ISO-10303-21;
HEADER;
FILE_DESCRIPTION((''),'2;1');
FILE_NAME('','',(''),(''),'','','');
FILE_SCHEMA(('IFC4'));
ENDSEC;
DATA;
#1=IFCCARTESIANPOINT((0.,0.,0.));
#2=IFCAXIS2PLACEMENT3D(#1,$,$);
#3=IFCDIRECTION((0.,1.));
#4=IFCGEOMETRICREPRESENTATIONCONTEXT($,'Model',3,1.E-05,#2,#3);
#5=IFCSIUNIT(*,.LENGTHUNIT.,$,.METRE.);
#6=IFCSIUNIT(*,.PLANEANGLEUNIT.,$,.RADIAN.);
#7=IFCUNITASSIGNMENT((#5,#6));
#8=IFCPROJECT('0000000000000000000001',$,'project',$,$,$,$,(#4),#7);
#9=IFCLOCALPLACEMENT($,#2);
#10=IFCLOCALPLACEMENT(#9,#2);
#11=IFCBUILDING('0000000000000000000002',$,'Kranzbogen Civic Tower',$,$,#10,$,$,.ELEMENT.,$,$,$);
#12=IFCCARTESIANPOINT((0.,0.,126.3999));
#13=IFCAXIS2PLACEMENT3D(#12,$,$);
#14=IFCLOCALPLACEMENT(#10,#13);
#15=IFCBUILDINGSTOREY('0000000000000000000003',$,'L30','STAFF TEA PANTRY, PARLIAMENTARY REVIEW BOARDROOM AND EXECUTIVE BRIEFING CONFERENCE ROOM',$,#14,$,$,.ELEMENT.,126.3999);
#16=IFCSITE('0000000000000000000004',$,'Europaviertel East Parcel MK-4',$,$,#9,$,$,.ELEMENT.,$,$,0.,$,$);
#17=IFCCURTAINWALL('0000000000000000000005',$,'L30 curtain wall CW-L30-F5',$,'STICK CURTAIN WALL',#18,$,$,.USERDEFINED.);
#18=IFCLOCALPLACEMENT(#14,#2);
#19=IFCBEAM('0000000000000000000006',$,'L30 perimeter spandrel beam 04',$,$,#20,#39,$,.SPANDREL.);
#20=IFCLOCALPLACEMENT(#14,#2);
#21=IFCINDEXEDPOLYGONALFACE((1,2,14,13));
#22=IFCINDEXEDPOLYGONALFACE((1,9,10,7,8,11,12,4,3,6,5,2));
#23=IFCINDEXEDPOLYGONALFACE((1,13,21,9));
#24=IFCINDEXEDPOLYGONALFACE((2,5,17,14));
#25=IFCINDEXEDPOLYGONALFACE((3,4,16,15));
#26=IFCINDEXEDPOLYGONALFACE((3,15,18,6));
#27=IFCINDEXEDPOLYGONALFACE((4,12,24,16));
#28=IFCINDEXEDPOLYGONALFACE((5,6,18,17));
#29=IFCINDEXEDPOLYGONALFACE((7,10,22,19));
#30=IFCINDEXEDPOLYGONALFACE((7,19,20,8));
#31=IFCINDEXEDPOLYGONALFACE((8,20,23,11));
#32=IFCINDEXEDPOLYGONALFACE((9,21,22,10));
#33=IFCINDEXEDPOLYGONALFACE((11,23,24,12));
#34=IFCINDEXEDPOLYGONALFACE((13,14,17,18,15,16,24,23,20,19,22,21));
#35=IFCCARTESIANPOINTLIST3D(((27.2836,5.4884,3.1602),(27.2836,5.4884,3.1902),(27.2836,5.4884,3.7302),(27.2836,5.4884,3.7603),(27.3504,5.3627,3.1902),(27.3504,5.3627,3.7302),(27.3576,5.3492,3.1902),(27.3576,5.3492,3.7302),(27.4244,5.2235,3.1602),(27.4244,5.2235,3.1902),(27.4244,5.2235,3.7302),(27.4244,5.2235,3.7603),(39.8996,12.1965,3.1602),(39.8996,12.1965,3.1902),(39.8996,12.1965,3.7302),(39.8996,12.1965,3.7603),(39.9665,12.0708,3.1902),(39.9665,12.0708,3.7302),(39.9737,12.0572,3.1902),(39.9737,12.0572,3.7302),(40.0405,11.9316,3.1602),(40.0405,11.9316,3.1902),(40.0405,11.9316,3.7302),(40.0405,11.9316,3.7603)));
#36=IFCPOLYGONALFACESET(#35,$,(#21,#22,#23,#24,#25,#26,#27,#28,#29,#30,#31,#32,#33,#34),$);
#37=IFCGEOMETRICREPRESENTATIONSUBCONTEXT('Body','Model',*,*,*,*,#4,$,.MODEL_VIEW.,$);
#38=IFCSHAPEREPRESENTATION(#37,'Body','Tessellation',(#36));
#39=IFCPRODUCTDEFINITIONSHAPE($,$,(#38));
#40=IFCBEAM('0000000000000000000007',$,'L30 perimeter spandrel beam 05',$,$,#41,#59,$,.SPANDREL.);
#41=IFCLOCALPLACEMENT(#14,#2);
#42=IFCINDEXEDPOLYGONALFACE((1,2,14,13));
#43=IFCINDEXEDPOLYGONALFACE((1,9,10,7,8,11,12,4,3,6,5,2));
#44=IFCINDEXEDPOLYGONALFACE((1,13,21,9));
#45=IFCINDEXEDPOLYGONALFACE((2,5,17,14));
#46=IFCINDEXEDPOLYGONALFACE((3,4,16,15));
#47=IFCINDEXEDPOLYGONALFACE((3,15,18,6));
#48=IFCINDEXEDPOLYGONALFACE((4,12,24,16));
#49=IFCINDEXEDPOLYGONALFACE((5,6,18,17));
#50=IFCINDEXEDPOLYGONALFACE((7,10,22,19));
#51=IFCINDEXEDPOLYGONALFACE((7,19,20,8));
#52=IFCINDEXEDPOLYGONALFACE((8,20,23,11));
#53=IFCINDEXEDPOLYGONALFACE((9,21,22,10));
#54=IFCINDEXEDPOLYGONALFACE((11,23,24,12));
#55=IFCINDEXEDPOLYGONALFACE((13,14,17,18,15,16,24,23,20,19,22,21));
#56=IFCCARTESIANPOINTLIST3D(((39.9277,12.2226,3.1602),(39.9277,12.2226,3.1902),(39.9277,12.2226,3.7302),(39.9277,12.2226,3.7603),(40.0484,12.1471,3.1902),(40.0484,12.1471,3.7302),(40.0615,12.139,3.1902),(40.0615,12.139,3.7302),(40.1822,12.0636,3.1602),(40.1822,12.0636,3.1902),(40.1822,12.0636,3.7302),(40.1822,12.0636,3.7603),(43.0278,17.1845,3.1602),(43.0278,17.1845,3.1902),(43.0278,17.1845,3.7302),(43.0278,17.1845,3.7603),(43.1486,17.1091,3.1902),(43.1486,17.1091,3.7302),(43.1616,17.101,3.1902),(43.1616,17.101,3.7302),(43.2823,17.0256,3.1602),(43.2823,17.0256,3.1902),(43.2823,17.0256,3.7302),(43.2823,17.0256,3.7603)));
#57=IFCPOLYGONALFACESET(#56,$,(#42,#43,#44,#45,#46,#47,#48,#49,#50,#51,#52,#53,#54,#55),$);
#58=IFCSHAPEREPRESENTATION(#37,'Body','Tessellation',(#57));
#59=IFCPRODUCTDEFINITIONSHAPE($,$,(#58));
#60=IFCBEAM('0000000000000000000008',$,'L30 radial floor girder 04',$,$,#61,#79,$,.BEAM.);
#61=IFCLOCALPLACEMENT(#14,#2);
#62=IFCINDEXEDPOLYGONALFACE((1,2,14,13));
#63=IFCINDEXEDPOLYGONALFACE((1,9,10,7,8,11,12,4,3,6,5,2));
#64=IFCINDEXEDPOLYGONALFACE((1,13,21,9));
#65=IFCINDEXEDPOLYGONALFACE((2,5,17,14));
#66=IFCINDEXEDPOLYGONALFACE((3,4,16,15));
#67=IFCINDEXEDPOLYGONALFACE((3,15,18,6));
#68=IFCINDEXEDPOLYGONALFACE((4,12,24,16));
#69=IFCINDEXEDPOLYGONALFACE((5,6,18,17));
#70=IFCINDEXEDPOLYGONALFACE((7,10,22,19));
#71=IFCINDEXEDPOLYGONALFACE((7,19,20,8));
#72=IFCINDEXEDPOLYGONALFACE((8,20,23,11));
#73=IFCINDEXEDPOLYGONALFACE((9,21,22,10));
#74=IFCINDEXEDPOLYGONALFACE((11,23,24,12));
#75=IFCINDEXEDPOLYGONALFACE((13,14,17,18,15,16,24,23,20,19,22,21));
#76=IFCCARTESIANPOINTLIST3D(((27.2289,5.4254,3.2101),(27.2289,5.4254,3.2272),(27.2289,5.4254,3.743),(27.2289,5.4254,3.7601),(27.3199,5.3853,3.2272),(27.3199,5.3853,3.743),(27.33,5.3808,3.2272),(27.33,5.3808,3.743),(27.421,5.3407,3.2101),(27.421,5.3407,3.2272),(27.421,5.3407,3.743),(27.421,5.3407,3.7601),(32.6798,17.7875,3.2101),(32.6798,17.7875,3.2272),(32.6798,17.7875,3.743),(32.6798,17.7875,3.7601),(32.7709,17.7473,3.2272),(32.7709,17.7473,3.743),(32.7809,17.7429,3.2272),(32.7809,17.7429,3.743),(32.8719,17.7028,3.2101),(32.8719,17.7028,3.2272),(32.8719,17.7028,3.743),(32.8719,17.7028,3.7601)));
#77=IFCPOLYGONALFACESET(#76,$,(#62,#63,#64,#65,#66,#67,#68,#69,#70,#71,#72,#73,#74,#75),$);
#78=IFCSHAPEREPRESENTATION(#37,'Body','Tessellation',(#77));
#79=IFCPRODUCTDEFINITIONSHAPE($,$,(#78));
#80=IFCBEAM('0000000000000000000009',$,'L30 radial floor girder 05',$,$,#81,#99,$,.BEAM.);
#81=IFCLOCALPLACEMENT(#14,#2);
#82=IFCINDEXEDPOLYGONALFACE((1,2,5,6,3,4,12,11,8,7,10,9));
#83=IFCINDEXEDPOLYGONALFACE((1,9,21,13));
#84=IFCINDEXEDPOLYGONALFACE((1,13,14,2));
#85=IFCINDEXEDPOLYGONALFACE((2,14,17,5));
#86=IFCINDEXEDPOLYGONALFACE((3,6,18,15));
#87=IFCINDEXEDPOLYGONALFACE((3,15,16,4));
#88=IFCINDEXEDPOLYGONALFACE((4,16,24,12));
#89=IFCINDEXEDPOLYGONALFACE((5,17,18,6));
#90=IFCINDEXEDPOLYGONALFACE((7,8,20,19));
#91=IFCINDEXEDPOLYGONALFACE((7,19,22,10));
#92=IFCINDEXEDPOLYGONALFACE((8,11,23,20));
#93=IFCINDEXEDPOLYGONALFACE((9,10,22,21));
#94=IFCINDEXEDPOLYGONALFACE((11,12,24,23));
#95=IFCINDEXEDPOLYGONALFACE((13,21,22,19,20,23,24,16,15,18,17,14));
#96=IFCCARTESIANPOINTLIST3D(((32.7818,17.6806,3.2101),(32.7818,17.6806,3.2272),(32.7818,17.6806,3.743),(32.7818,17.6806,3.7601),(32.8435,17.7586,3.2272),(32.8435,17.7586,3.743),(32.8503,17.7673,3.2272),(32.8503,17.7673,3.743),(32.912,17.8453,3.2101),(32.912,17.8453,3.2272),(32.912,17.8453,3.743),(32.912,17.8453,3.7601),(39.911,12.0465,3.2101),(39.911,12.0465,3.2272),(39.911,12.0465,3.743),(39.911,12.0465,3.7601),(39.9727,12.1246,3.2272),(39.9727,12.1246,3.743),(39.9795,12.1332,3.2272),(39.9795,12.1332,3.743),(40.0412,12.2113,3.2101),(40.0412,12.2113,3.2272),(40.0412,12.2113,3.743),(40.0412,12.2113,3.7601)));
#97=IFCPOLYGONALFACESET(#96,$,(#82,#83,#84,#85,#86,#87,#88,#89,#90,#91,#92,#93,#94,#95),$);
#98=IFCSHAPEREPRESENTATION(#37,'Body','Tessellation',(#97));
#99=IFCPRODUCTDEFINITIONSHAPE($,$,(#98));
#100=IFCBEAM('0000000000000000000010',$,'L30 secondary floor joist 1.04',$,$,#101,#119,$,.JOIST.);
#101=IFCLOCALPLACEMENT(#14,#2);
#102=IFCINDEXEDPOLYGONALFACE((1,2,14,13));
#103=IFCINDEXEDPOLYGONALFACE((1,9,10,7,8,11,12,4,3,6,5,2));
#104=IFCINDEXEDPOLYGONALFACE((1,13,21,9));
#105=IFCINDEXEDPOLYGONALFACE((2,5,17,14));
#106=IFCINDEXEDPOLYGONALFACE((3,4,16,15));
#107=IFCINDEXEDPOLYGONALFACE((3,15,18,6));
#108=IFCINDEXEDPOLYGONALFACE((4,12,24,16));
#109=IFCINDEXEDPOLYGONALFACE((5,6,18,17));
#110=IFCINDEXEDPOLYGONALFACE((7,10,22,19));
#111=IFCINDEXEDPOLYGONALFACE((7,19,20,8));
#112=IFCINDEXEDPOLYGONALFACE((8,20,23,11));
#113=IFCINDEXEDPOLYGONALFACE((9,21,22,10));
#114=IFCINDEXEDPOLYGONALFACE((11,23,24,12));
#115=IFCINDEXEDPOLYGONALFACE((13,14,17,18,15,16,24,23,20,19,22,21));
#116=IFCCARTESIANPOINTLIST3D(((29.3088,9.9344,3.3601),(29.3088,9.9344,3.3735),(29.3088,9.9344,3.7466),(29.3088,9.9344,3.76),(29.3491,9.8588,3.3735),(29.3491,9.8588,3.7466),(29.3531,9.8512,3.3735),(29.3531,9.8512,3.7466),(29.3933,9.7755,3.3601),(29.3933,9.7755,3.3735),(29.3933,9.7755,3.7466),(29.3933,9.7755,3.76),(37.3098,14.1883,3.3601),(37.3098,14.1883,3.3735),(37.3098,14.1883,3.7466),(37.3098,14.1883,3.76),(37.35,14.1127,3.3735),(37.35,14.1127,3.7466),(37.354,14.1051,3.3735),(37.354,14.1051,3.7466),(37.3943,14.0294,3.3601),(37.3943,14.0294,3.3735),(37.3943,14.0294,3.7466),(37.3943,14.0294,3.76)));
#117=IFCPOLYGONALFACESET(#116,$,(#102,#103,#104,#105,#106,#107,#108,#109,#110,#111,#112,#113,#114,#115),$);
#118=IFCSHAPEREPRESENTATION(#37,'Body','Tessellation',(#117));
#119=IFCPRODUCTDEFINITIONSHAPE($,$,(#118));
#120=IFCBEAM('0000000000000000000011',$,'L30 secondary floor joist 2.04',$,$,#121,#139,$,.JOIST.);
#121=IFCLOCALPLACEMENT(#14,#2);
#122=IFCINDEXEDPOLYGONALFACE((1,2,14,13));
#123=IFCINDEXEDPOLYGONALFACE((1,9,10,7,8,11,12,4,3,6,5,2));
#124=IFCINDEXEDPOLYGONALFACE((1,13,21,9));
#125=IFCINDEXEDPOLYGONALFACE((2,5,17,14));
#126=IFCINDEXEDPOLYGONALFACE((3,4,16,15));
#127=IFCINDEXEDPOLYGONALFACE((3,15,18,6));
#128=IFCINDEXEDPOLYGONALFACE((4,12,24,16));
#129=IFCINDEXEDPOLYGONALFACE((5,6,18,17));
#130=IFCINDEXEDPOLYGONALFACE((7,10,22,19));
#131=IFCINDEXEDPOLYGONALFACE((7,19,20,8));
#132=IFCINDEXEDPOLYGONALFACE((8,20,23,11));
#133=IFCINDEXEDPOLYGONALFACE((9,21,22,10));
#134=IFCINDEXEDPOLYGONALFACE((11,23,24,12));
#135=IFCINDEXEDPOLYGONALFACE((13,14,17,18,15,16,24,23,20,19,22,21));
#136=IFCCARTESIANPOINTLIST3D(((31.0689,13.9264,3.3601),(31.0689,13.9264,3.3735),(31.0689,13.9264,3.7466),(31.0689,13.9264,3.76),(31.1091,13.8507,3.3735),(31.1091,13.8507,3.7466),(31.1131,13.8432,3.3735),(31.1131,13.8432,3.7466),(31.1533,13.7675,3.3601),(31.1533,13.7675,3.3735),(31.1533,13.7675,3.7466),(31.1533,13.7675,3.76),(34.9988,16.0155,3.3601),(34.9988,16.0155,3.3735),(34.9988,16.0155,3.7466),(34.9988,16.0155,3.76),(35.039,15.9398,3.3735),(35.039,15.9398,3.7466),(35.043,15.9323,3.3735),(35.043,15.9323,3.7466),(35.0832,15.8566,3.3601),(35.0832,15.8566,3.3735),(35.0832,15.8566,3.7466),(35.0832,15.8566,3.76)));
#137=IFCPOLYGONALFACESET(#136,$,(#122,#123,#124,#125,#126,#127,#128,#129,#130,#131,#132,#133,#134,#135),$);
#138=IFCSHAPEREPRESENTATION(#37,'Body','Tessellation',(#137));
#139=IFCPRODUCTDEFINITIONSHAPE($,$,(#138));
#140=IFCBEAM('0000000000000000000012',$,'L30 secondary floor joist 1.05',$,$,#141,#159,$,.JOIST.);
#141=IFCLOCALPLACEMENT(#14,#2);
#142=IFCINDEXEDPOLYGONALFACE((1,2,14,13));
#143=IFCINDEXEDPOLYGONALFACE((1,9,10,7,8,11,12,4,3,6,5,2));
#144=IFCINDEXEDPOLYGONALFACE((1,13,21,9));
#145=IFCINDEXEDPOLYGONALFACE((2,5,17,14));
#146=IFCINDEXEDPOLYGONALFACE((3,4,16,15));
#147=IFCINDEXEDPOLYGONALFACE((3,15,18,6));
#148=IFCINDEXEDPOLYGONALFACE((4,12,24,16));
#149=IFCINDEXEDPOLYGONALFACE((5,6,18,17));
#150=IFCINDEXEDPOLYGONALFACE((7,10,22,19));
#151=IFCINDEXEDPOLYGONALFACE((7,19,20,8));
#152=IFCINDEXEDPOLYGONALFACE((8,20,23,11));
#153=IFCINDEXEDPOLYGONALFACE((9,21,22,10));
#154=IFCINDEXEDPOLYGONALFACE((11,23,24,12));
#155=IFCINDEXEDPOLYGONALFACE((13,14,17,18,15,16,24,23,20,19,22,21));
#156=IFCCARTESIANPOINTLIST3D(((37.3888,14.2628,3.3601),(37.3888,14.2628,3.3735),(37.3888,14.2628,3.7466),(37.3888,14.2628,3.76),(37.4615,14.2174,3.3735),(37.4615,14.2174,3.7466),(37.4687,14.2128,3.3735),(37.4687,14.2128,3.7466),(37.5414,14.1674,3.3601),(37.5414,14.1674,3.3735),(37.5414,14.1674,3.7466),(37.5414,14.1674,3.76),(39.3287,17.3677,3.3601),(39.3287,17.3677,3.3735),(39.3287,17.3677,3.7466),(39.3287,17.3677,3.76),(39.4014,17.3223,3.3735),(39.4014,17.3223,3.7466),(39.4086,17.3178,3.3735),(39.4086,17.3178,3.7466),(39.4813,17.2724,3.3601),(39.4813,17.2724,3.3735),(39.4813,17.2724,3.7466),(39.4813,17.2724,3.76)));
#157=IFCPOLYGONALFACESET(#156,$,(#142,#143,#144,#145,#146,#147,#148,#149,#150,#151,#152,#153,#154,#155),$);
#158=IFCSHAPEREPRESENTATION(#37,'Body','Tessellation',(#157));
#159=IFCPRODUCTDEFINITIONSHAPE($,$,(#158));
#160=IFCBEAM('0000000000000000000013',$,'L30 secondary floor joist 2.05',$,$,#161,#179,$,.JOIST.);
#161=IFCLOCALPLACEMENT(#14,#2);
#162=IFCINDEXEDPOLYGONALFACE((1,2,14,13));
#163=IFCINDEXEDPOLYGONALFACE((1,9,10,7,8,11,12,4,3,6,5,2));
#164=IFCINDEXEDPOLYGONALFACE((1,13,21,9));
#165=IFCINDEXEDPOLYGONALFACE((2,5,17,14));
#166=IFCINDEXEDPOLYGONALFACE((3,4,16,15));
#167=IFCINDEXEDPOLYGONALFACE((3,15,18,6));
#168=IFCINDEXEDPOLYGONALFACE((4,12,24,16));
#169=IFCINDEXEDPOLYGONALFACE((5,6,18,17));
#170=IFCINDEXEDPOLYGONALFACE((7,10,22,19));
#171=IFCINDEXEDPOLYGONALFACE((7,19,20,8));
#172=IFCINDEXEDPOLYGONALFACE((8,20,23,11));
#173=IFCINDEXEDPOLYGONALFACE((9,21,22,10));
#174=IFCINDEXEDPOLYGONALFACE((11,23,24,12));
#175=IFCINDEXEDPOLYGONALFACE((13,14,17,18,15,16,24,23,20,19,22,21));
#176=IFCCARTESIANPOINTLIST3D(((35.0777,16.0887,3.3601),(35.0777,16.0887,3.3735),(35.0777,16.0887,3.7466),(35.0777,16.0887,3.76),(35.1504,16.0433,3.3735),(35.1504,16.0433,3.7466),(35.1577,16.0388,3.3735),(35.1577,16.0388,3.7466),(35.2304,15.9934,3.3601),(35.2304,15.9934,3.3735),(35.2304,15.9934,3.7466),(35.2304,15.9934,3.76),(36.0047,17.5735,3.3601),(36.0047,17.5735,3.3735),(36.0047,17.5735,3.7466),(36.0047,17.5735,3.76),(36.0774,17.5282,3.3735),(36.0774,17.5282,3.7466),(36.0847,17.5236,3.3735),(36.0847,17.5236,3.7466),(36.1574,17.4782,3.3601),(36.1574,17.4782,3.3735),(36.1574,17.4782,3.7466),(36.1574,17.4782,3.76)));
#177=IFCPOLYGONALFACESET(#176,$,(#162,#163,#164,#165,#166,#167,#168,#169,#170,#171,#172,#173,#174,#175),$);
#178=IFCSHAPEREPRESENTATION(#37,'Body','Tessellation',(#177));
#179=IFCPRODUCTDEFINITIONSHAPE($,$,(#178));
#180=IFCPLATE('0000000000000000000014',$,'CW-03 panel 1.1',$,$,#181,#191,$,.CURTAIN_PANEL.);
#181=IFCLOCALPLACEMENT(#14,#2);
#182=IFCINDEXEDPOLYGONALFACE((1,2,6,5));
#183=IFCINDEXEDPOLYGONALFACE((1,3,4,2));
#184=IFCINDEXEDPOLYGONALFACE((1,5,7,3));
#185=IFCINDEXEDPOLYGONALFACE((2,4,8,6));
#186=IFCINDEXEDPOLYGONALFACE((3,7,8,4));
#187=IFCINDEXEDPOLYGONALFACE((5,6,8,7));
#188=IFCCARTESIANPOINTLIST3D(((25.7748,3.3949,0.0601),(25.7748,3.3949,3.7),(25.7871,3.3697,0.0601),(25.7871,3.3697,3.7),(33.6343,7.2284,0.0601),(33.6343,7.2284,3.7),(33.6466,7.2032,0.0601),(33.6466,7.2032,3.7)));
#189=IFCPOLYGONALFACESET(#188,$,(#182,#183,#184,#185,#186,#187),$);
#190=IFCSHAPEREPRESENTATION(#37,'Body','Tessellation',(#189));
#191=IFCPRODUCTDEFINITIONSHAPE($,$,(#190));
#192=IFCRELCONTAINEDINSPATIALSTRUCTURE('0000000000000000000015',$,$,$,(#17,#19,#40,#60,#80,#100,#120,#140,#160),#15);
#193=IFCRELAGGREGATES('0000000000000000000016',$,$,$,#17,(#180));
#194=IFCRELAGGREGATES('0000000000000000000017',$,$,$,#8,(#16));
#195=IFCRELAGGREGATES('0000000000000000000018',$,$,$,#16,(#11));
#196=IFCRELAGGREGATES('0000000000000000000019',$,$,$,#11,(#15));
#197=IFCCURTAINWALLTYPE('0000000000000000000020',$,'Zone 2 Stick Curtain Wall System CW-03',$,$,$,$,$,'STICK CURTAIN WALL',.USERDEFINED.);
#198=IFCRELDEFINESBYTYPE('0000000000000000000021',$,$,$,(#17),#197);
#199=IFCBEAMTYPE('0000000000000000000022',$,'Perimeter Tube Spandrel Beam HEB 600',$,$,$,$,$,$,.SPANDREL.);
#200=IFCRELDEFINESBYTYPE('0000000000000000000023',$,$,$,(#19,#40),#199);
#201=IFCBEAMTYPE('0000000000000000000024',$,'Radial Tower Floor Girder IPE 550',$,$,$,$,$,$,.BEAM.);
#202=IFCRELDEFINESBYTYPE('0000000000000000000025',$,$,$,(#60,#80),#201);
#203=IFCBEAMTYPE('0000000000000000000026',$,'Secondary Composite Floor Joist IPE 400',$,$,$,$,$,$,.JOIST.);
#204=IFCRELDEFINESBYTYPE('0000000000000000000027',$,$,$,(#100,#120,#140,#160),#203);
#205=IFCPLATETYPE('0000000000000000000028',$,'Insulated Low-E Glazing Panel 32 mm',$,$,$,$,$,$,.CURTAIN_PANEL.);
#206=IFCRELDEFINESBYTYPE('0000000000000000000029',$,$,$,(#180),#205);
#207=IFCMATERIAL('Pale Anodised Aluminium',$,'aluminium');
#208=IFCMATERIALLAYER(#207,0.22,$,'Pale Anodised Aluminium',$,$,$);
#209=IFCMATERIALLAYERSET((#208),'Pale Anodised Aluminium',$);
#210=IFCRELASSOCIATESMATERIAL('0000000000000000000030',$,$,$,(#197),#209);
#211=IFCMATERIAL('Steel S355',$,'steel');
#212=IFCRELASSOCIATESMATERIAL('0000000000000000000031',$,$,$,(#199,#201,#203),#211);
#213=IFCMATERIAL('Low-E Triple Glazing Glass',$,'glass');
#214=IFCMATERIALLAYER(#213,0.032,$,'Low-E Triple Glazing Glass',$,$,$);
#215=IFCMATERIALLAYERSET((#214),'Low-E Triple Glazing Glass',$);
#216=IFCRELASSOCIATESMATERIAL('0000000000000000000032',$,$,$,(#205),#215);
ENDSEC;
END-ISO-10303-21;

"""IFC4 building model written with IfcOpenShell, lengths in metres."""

from ifc_helpers import new_model, si_unit, direction, frame, origin, origin_2d, place, context, subcontext, project, spatial, rectangle, i_section, extrude, material, layer, layer_set, material_profile, profile_set, type_object, element, aggregate, save


model = new_model("IFC4")

# Units and contexts
model_context = context("Model", 3, precision=1e-05, world=origin(), true_north=direction((0.0, 1.0)))
body_context = subcontext(model_context, "Body", "Model", "MODEL_VIEW")
ifc_project = project(units=[si_unit("LENGTHUNIT", "METRE"), si_unit("PLANEANGLEUNIT", "RADIAN")], contexts=[model_context])

# Site, building, storey
site_placement = place(None, origin())
site = spatial("IfcSite", under=ifc_project, at=site_placement, Name="Europaviertel East Parcel MK-4", CompositionType="ELEMENT", RefElevation=0.0)
building_placement = place(site_placement, origin())
building = spatial("IfcBuilding", under=site, at=building_placement, Name="Kranzbogen Civic Tower", CompositionType="ELEMENT")
storey_placement = place(building_placement, frame((0.0, 0.0, 126.3999)))
storey = spatial("IfcBuildingStorey", under=building, at=storey_placement, Name="L30", Description="STAFF TEA PANTRY, PARLIAMENTARY REVIEW BOARDROOM AND EXECUTIVE BRIEFING CONFERENCE ROOM", CompositionType="ELEMENT", Elevation=126.3999)

# Curtain wall
ifc_material_1 = material(Name="Pale Anodised Aluminium", Category="aluminium")
ifc_layer_1 = layer(ifc_material_1, 0.22, Name="Pale Anodised Aluminium")
ifc_layer_set_1 = layer_set([ifc_layer_1], Name="Pale Anodised Aluminium")
curtain_wall_type = type_object("IfcCurtainWallType", Name="Zone 2 Stick Curtain Wall System CW-03", ElementType="STICK CURTAIN WALL", PredefinedType="USERDEFINED", material=ifc_layer_set_1)
curtain_wall_1_placement = place(storey_placement, origin())
curtain_wall_1 = element("IfcCurtainWall", 1, at=curtain_wall_1_placement, inside=storey, type_object=curtain_wall_type, Name="L30 curtain wall CW-L30-F5", ObjectType="STICK CURTAIN WALL", PredefinedType="USERDEFINED")

# Beams
ifc_material_2 = material(Name="Steel S355", Category="steel")
ifc_material_profile_1 = material_profile(ifc_material_2, i_section(OverallWidth=0.3, OverallDepth=0.6001, WebThickness=0.0154, FlangeThickness=0.03, at=origin_2d()), Name="HEB 600")
ifc_profile_set_1 = profile_set([ifc_material_profile_1], Name="Steel S355")
beam_type_1 = type_object("IfcBeamType", Name="Perimeter Tube Spandrel Beam HEB 600", PredefinedType="SPANDREL", material=ifc_profile_set_1)
beam_1_placement = place(storey_placement, frame((27.354, 5.356, 3.4602), z_axis=(0.882948, 0.46947, 0.0), x_axis=(-0.46947, 0.882948, 0.0)))
element("IfcBeam", 2, at=beam_1_placement, inside=storey, type_object=beam_type_1, Name="L30 perimeter spandrel beam 04", PredefinedType="SPANDREL", context=body_context, shape_type="SweptSolid", body=[
    extrude(i_section(OverallWidth=0.3, OverallDepth=0.6001, WebThickness=0.0154, FlangeThickness=0.03, at=origin_2d()), origin(), (0.0, 0.0, 1.0), 14.2886),
])
beam_2_placement = place(storey_placement, frame((40.0549, 12.1431, 3.4602), z_axis=(0.529864, 0.848083, 0.0), x_axis=(-0.848083, 0.529864, 0.0)))
element("IfcBeam", 3, at=beam_2_placement, inside=storey, type_object=beam_type_1, Name="L30 perimeter spandrel beam 05", PredefinedType="SPANDREL", context=body_context, shape_type="SweptSolid", body=[
    extrude(i_section(OverallWidth=0.3, OverallDepth=0.6001, WebThickness=0.0154, FlangeThickness=0.03, at=origin_2d()), origin(), (0.0, 0.0, 1.0), 5.8508),
])
ifc_material_profile_2 = material_profile(ifc_material_2, i_section(OverallWidth=0.21, OverallDepth=0.55, WebThickness=0.011, FlangeThickness=0.0171, at=origin_2d()), Name="IPE 550")
ifc_profile_set_2 = profile_set([ifc_material_profile_2], Name="Steel S355")
beam_type_2 = type_object("IfcBeamType", Name="Radial Tower Floor Girder IPE 550", PredefinedType="BEAM", material=ifc_profile_set_2)
beam_3_placement = place(storey_placement, frame((27.325, 5.3831, 3.4851), z_axis=(0.403459, 0.914998, 0.0), x_axis=(-0.914998, 0.403459, 0.0)))
element("IfcBeam", 4, at=beam_3_placement, inside=storey, type_object=beam_type_2, Name="L30 radial floor girder 04", PredefinedType="BEAM", context=body_context, shape_type="SweptSolid", body=[
    extrude(i_section(OverallWidth=0.21, OverallDepth=0.55, WebThickness=0.011, FlangeThickness=0.0171, at=origin_2d()), origin(), (0.0, 0.0, 1.0), 13.5105),
])
beam_4_placement = place(storey_placement, frame((39.9761, 12.1289, 3.4851), z_axis=(-0.784575, 0.620034, 0.0), x_axis=(-0.620034, -0.784575, 0.0)))
element("IfcBeam", 5, at=beam_4_placement, inside=storey, type_object=beam_type_2, Name="L30 radial floor girder 05", PredefinedType="BEAM", context=body_context, shape_type="SweptSolid", body=[
    extrude(i_section(OverallWidth=0.21, OverallDepth=0.55, WebThickness=0.011, FlangeThickness=0.0171, at=origin_2d()), origin(), (0.0, 0.0, 1.0), 9.0867),
])
ifc_material_profile_3 = material_profile(ifc_material_2, i_section(OverallWidth=0.1799, OverallDepth=0.3999, WebThickness=0.0085, FlangeThickness=0.0134, at=origin_2d()), Name="IPE 400")
ifc_profile_set_3 = profile_set([ifc_material_profile_3], Name="Steel S355")
beam_type_3 = type_object("IfcBeamType", Name="Secondary Composite Floor Joist IPE 400", PredefinedType="JOIST", material=ifc_profile_set_3)
beam_5_placement = place(storey_placement, frame((29.3511, 9.855, 3.5601), z_axis=(0.882961, 0.469447, 0.0), x_axis=(-0.469447, 0.882961, 0.0)))
element("IfcBeam", 6, at=beam_5_placement, inside=storey, type_object=beam_type_3, Name="L30 secondary floor joist 1.04", PredefinedType="JOIST", context=body_context, shape_type="SweptSolid", body=[
    extrude(i_section(OverallWidth=0.1799, OverallDepth=0.3999, WebThickness=0.0085, FlangeThickness=0.0134, at=origin_2d()), origin(), (0.0, 0.0, 1.0), 9.0615),
])
beam_6_placement = place(storey_placement, frame((31.1111, 13.8469, 3.5601), z_axis=(0.882991, 0.469389, 0.0), x_axis=(-0.469389, 0.882991, 0.0)))
element("IfcBeam", 7, at=beam_6_placement, inside=storey, type_object=beam_type_3, Name="L30 secondary floor joist 2.04", PredefinedType="JOIST", context=body_context, shape_type="SweptSolid", body=[
    extrude(i_section(OverallWidth=0.1799, OverallDepth=0.3999, WebThickness=0.0085, FlangeThickness=0.0134, at=origin_2d()), origin(), (0.0, 0.0, 1.0), 4.4507),
])
beam_7_placement = place(storey_placement, frame((37.4651, 14.2151, 3.5601), z_axis=(0.529867, 0.848081, 0.0), x_axis=(-0.848081, 0.529867, 0.0)))
element("IfcBeam", 8, at=beam_7_placement, inside=storey, type_object=beam_type_3, Name="L30 secondary floor joist 1.05", PredefinedType="JOIST", context=body_context, shape_type="SweptSolid", body=[
    extrude(i_section(OverallWidth=0.1799, OverallDepth=0.3999, WebThickness=0.0085, FlangeThickness=0.0134, at=origin_2d()), origin(), (0.0, 0.0, 1.0), 3.6611),
])
beam_8_placement = place(storey_placement, frame((35.1541, 16.041, 3.5601), z_axis=(0.529573, 0.848265, 0.0), x_axis=(-0.848265, 0.529573, 0.0)))
element("IfcBeam", 9, at=beam_8_placement, inside=storey, type_object=beam_type_3, Name="L30 secondary floor joist 2.05", PredefinedType="JOIST", context=body_context, shape_type="SweptSolid", body=[
    extrude(i_section(OverallWidth=0.1799, OverallDepth=0.3999, WebThickness=0.0085, FlangeThickness=0.0134, at=origin_2d()), origin(), (0.0, 0.0, 1.0), 1.7505),
])

# Plate
ifc_material_3 = material(Name="Low-E Triple Glazing Glass", Category="glass")
ifc_layer_2 = layer(ifc_material_3, 0.032, Name="Low-E Triple Glazing Glass")
ifc_layer_set_2 = layer_set([ifc_layer_2], Name="Low-E Triple Glazing Glass")
plate_type = type_object("IfcPlateType", Name="Insulated Low-E Glazing Panel 32 mm", PredefinedType="CURTAIN_PANEL", material=ifc_layer_set_2)
plate_1_placement = place(storey_placement, frame((29.7107, 5.2991, 0.0601), z_axis=(0.0, 0.0, 1.0), x_axis=(0.898787, 0.438386, 0.0)))
plate_1 = element("IfcPlate", 10, at=plate_1_placement, type_object=plate_type, Name="CW-03 panel 1.1", PredefinedType="CURTAIN_PANEL", context=body_context, shape_type="SweptSolid", body=[
    extrude(rectangle(XDim=8.7446, YDim=0.0281, at=origin_2d()), origin(), (0.0, 0.0, 1.0), 3.6399),
])
aggregate(curtain_wall_1, [plate_1])

save(model, "model.ifc")
